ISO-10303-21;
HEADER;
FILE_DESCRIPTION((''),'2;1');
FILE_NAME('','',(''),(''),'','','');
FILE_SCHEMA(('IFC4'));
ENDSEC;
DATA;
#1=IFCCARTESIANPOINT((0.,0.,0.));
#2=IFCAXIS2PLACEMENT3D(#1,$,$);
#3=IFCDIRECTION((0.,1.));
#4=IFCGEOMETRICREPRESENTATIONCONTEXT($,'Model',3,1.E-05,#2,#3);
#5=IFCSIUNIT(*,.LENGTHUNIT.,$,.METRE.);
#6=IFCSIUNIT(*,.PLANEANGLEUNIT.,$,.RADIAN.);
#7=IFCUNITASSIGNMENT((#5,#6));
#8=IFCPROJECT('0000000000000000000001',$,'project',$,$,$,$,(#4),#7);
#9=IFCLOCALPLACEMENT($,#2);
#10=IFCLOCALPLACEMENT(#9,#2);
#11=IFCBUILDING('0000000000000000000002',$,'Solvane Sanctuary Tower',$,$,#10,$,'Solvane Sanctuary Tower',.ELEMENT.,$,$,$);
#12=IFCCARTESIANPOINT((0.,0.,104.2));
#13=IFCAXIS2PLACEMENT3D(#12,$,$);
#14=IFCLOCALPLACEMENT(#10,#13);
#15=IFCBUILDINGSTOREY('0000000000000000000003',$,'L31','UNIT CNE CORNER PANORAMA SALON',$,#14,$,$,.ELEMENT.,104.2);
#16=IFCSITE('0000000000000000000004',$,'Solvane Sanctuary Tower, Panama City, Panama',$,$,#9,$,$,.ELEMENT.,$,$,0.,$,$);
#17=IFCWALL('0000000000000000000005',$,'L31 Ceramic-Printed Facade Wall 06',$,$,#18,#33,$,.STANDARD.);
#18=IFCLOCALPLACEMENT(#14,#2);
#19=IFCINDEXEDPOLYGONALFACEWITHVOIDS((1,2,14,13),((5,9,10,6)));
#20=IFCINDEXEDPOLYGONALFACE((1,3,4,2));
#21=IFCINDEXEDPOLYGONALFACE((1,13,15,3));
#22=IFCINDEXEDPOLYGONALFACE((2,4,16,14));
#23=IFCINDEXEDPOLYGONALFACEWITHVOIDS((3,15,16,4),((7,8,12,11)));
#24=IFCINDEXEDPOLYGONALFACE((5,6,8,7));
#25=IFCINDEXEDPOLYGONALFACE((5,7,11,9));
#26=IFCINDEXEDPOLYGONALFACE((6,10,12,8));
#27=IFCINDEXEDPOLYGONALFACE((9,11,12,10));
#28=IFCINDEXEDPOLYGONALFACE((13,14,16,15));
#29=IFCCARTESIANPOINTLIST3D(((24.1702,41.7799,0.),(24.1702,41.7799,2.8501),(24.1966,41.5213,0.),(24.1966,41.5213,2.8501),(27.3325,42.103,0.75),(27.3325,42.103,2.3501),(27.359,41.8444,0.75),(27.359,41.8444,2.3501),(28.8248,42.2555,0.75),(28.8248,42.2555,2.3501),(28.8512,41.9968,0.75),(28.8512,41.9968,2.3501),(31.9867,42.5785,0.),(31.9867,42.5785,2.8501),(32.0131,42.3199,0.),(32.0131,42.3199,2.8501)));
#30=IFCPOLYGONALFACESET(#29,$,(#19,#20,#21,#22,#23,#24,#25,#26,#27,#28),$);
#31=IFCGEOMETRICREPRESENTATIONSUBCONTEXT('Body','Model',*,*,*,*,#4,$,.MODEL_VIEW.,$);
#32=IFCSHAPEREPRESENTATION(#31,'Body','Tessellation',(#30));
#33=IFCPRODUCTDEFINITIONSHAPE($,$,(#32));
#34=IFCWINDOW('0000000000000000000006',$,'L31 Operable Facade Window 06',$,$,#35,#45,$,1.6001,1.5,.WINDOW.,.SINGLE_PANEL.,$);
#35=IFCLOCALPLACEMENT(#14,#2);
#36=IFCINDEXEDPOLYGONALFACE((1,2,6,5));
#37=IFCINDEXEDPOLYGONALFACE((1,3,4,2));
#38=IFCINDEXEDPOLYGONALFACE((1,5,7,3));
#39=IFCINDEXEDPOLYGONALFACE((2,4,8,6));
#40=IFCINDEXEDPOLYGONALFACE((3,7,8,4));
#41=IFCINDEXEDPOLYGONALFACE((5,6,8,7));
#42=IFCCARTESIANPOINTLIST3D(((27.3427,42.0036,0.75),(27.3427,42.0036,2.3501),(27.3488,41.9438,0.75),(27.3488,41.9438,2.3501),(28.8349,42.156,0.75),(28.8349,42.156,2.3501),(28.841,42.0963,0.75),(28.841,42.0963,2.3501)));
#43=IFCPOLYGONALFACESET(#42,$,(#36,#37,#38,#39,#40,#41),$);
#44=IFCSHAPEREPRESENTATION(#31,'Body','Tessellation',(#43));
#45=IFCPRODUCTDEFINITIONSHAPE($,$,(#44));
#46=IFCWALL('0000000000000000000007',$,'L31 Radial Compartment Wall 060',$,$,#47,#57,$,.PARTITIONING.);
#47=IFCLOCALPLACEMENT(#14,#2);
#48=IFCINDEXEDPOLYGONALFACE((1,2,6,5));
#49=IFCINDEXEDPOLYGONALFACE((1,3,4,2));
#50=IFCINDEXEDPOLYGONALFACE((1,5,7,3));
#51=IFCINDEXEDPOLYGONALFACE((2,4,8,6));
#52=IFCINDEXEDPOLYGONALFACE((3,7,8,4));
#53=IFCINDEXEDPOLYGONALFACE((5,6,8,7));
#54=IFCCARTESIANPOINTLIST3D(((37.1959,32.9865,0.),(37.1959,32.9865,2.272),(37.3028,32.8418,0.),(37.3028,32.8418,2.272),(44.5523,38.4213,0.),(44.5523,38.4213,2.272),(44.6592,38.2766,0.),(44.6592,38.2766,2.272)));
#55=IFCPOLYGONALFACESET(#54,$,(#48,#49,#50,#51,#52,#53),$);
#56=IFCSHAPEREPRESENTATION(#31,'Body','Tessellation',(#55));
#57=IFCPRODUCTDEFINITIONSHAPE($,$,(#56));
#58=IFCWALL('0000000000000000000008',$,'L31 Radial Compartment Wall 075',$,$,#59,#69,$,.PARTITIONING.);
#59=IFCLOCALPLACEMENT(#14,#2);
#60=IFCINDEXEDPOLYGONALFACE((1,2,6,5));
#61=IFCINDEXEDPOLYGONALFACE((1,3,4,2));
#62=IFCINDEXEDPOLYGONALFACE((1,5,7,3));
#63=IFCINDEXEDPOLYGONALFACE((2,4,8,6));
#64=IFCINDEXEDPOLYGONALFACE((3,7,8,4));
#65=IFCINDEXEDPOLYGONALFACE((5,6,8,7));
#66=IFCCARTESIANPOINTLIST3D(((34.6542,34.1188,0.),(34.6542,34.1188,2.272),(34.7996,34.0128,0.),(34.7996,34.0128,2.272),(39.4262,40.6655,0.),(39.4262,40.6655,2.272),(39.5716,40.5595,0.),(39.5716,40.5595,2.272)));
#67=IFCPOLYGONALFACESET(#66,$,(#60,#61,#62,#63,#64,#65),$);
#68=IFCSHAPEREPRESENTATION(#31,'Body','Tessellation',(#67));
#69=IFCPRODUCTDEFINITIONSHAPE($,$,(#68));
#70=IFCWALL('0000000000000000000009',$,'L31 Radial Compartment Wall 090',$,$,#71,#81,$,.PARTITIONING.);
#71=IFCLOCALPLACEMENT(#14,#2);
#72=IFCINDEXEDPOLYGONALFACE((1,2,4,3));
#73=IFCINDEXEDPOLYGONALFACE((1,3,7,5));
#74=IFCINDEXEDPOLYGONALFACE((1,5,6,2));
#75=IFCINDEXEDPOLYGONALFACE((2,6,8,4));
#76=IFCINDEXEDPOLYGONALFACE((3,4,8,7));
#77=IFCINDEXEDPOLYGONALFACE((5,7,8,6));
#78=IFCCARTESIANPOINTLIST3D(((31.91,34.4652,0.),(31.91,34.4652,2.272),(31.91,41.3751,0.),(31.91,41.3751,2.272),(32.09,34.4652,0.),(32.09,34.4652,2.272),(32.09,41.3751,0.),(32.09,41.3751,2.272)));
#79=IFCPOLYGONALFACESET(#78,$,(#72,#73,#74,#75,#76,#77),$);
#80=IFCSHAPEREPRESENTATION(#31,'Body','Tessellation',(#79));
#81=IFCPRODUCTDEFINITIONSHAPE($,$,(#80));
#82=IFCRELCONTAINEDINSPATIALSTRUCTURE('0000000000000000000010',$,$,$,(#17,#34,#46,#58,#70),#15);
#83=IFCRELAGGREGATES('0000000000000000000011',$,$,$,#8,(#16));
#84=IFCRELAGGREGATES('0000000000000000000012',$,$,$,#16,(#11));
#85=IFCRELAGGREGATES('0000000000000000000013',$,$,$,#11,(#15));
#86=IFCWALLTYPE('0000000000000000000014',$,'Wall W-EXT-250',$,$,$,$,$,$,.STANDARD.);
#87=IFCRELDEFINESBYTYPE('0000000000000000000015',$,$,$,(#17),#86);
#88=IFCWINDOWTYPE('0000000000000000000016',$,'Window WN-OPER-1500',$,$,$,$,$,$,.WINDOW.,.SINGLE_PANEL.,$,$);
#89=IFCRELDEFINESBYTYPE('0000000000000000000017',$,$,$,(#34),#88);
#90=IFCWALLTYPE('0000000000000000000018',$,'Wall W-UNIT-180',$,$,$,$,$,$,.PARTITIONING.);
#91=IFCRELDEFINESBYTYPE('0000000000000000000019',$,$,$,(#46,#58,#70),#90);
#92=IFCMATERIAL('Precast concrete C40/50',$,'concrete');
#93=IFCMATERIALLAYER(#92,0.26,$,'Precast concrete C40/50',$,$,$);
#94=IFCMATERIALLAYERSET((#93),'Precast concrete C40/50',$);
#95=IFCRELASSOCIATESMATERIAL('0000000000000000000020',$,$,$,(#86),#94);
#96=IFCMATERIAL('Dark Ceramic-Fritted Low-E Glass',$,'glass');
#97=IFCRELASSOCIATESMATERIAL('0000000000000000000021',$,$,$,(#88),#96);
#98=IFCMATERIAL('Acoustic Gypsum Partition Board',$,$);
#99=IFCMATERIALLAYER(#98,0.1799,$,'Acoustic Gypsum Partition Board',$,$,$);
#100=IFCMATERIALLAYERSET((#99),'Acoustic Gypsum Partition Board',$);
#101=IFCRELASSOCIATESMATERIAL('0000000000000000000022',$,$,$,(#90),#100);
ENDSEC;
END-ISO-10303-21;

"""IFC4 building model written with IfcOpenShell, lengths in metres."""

from ifc_helpers import new_model, si_unit, direction, frame, frame_2d, origin, place, context, subcontext, project, spatial, rectangle, extrude, material, layer, layer_set, type_object, element, fill, save


model = new_model("IFC4")

# Units and contexts
model_context = context("Model", 3, precision=1e-05, world=origin(), true_north=direction((0.0, 1.0)))
body_context = subcontext(model_context, "Body", "Model", "MODEL_VIEW")
ifc_project = project(units=[si_unit("LENGTHUNIT", "METRE"), si_unit("PLANEANGLEUNIT", "RADIAN")], contexts=[model_context])

# Site, building, storey
site_placement = place(None, origin())
site = spatial("IfcSite", under=ifc_project, at=site_placement, Name="Solvane Sanctuary Tower, Panama City, Panama", CompositionType="ELEMENT", RefElevation=0.0)
building_placement = place(site_placement, origin())
building = spatial("IfcBuilding", under=site, at=building_placement, Name="Solvane Sanctuary Tower", LongName="Solvane Sanctuary Tower", CompositionType="ELEMENT")
storey_placement = place(building_placement, frame((0.0, 0.0, 104.2)))
storey = spatial("IfcBuildingStorey", under=building, at=storey_placement, Name="L31", Description="UNIT CNE CORNER PANORAMA SALON", CompositionType="ELEMENT", Elevation=104.2)

# Shared definitions
ifc_material_1 = material(Name="Acoustic Gypsum Partition Board")

# Wall, opening, window
ifc_material_2 = material(Name="Precast concrete C40/50", Category="concrete")
ifc_layer_1 = layer(ifc_material_2, 0.26, Name="Precast concrete C40/50")
ifc_layer_set_1 = layer_set([ifc_layer_1], Name="Precast concrete C40/50")
wall_type_1 = type_object("IfcWallType", Name="Wall W-EXT-250", PredefinedType="STANDARD", material=ifc_layer_set_1)
wall_1_placement = place(storey_placement, frame((32.0, 42.4492, 0.0), z_axis=(0.0, 0.0, 1.0), x_axis=(-0.994821, -0.101639, 0.0)))
wall_1 = element("IfcWall", 1, at=wall_1_placement, inside=storey, type_object=wall_type_1, Name="L31 Ceramic-Printed Facade Wall 06", PredefinedType="STANDARD", context=body_context, shape_type="SweptSolid", body=[
    extrude(rectangle(XDim=7.8572, YDim=0.26, at=frame_2d((3.9287, 0.0))), origin(), (0.0, 0.0, 1.0), 2.8501),
])
opening_1_placement = place(wall_1_placement, frame((3.1785, 0.0, 0.75)))
opening_1 = element("IfcOpeningElement", 2, at=opening_1_placement, cuts=wall_1, PredefinedType="OPENING", context=body_context, shape_type="SweptSolid", body=[
    extrude(rectangle(XDim=1.5, YDim=1.6001, at=frame_2d((0.75, 0.8))), frame((0.0, 0.1399, 0.0), z_axis=(0.0, -1.0, 0.0), x_axis=(1.0, 0.0, 0.0)), (0.0, 0.0, 1.0), 0.28),
])
ifc_material_3 = material(Name="Dark Ceramic-Fritted Low-E Glass", Category="glass")
window_type = type_object("IfcWindowType", Name="Window WN-OPER-1500", PartitioningType="SINGLE_PANEL", PredefinedType="WINDOW", material=ifc_material_3)
window_placement = place(opening_1_placement, origin())
window = element("IfcWindow", 3, at=window_placement, inside=storey, type_object=window_type, Name="L31 Operable Facade Window 06", OverallHeight=1.6001, OverallWidth=1.5, PartitioningType="SINGLE_PANEL", PredefinedType="WINDOW", context=body_context, shape_type="SweptSolid", body=[
    extrude(rectangle(XDim=1.5, YDim=1.6001, at=frame_2d((0.75, 0.8))), frame((0.0, 0.03, 0.0), z_axis=(0.0, -1.0, 0.0), x_axis=(1.0, 0.0, 0.0)), (0.0, 0.0, 1.0), 0.0601),
])
fill(opening_1, window)

# Walls
ifc_layer_2 = layer(ifc_material_1, 0.1799, Name="Acoustic Gypsum Partition Board")
ifc_layer_set_2 = layer_set([ifc_layer_2], Name="Acoustic Gypsum Partition Board")
wall_type_2 = type_object("IfcWallType", Name="Wall W-UNIT-180", PredefinedType="PARTITIONING", material=ifc_layer_set_2)
wall_2_placement = place(storey_placement, frame((37.2493, 32.9141, 0.0), z_axis=(0.0, 0.0, 1.0), x_axis=(0.80431, 0.59421, 0.0)))
element("IfcWall", 4, at=wall_2_placement, inside=storey, type_object=wall_type_2, Name="L31 Radial Compartment Wall 060", PredefinedType="PARTITIONING", context=body_context, shape_type="SweptSolid", body=[
    extrude(rectangle(XDim=9.1462, YDim=0.1799, at=frame_2d((4.5732, 0.0))), origin(), (0.0, 0.0, 1.0), 2.272),
])
wall_3_placement = place(storey_placement, frame((34.7268, 34.0657, 0.0), z_axis=(0.0, 0.0, 1.0), x_axis=(0.589042, 0.808102, 0.0)))
element("IfcWall", 5, at=wall_3_placement, inside=storey, type_object=wall_type_2, Name="L31 Radial Compartment Wall 075", PredefinedType="PARTITIONING", context=body_context, shape_type="SweptSolid", body=[
    extrude(rectangle(XDim=8.1013, YDim=0.1799, at=frame_2d((4.0508, 0.0))), origin(), (0.0, 0.0, 1.0), 2.272),
])
wall_4_placement = place(storey_placement, frame((32.0, 34.4651, 0.0), z_axis=(0.0, 0.0, 1.0), x_axis=(0.0, 1.0, 0.0)))
element("IfcWall", 6, at=wall_4_placement, inside=storey, type_object=wall_type_2, Name="L31 Radial Compartment Wall 090", PredefinedType="PARTITIONING", context=body_context, shape_type="SweptSolid", body=[
    extrude(rectangle(XDim=6.9099, YDim=0.1799, at=frame_2d((3.4551, 0.0))), origin(), (0.0, 0.0, 1.0), 2.272),
])

save(model, "model.ifc")
